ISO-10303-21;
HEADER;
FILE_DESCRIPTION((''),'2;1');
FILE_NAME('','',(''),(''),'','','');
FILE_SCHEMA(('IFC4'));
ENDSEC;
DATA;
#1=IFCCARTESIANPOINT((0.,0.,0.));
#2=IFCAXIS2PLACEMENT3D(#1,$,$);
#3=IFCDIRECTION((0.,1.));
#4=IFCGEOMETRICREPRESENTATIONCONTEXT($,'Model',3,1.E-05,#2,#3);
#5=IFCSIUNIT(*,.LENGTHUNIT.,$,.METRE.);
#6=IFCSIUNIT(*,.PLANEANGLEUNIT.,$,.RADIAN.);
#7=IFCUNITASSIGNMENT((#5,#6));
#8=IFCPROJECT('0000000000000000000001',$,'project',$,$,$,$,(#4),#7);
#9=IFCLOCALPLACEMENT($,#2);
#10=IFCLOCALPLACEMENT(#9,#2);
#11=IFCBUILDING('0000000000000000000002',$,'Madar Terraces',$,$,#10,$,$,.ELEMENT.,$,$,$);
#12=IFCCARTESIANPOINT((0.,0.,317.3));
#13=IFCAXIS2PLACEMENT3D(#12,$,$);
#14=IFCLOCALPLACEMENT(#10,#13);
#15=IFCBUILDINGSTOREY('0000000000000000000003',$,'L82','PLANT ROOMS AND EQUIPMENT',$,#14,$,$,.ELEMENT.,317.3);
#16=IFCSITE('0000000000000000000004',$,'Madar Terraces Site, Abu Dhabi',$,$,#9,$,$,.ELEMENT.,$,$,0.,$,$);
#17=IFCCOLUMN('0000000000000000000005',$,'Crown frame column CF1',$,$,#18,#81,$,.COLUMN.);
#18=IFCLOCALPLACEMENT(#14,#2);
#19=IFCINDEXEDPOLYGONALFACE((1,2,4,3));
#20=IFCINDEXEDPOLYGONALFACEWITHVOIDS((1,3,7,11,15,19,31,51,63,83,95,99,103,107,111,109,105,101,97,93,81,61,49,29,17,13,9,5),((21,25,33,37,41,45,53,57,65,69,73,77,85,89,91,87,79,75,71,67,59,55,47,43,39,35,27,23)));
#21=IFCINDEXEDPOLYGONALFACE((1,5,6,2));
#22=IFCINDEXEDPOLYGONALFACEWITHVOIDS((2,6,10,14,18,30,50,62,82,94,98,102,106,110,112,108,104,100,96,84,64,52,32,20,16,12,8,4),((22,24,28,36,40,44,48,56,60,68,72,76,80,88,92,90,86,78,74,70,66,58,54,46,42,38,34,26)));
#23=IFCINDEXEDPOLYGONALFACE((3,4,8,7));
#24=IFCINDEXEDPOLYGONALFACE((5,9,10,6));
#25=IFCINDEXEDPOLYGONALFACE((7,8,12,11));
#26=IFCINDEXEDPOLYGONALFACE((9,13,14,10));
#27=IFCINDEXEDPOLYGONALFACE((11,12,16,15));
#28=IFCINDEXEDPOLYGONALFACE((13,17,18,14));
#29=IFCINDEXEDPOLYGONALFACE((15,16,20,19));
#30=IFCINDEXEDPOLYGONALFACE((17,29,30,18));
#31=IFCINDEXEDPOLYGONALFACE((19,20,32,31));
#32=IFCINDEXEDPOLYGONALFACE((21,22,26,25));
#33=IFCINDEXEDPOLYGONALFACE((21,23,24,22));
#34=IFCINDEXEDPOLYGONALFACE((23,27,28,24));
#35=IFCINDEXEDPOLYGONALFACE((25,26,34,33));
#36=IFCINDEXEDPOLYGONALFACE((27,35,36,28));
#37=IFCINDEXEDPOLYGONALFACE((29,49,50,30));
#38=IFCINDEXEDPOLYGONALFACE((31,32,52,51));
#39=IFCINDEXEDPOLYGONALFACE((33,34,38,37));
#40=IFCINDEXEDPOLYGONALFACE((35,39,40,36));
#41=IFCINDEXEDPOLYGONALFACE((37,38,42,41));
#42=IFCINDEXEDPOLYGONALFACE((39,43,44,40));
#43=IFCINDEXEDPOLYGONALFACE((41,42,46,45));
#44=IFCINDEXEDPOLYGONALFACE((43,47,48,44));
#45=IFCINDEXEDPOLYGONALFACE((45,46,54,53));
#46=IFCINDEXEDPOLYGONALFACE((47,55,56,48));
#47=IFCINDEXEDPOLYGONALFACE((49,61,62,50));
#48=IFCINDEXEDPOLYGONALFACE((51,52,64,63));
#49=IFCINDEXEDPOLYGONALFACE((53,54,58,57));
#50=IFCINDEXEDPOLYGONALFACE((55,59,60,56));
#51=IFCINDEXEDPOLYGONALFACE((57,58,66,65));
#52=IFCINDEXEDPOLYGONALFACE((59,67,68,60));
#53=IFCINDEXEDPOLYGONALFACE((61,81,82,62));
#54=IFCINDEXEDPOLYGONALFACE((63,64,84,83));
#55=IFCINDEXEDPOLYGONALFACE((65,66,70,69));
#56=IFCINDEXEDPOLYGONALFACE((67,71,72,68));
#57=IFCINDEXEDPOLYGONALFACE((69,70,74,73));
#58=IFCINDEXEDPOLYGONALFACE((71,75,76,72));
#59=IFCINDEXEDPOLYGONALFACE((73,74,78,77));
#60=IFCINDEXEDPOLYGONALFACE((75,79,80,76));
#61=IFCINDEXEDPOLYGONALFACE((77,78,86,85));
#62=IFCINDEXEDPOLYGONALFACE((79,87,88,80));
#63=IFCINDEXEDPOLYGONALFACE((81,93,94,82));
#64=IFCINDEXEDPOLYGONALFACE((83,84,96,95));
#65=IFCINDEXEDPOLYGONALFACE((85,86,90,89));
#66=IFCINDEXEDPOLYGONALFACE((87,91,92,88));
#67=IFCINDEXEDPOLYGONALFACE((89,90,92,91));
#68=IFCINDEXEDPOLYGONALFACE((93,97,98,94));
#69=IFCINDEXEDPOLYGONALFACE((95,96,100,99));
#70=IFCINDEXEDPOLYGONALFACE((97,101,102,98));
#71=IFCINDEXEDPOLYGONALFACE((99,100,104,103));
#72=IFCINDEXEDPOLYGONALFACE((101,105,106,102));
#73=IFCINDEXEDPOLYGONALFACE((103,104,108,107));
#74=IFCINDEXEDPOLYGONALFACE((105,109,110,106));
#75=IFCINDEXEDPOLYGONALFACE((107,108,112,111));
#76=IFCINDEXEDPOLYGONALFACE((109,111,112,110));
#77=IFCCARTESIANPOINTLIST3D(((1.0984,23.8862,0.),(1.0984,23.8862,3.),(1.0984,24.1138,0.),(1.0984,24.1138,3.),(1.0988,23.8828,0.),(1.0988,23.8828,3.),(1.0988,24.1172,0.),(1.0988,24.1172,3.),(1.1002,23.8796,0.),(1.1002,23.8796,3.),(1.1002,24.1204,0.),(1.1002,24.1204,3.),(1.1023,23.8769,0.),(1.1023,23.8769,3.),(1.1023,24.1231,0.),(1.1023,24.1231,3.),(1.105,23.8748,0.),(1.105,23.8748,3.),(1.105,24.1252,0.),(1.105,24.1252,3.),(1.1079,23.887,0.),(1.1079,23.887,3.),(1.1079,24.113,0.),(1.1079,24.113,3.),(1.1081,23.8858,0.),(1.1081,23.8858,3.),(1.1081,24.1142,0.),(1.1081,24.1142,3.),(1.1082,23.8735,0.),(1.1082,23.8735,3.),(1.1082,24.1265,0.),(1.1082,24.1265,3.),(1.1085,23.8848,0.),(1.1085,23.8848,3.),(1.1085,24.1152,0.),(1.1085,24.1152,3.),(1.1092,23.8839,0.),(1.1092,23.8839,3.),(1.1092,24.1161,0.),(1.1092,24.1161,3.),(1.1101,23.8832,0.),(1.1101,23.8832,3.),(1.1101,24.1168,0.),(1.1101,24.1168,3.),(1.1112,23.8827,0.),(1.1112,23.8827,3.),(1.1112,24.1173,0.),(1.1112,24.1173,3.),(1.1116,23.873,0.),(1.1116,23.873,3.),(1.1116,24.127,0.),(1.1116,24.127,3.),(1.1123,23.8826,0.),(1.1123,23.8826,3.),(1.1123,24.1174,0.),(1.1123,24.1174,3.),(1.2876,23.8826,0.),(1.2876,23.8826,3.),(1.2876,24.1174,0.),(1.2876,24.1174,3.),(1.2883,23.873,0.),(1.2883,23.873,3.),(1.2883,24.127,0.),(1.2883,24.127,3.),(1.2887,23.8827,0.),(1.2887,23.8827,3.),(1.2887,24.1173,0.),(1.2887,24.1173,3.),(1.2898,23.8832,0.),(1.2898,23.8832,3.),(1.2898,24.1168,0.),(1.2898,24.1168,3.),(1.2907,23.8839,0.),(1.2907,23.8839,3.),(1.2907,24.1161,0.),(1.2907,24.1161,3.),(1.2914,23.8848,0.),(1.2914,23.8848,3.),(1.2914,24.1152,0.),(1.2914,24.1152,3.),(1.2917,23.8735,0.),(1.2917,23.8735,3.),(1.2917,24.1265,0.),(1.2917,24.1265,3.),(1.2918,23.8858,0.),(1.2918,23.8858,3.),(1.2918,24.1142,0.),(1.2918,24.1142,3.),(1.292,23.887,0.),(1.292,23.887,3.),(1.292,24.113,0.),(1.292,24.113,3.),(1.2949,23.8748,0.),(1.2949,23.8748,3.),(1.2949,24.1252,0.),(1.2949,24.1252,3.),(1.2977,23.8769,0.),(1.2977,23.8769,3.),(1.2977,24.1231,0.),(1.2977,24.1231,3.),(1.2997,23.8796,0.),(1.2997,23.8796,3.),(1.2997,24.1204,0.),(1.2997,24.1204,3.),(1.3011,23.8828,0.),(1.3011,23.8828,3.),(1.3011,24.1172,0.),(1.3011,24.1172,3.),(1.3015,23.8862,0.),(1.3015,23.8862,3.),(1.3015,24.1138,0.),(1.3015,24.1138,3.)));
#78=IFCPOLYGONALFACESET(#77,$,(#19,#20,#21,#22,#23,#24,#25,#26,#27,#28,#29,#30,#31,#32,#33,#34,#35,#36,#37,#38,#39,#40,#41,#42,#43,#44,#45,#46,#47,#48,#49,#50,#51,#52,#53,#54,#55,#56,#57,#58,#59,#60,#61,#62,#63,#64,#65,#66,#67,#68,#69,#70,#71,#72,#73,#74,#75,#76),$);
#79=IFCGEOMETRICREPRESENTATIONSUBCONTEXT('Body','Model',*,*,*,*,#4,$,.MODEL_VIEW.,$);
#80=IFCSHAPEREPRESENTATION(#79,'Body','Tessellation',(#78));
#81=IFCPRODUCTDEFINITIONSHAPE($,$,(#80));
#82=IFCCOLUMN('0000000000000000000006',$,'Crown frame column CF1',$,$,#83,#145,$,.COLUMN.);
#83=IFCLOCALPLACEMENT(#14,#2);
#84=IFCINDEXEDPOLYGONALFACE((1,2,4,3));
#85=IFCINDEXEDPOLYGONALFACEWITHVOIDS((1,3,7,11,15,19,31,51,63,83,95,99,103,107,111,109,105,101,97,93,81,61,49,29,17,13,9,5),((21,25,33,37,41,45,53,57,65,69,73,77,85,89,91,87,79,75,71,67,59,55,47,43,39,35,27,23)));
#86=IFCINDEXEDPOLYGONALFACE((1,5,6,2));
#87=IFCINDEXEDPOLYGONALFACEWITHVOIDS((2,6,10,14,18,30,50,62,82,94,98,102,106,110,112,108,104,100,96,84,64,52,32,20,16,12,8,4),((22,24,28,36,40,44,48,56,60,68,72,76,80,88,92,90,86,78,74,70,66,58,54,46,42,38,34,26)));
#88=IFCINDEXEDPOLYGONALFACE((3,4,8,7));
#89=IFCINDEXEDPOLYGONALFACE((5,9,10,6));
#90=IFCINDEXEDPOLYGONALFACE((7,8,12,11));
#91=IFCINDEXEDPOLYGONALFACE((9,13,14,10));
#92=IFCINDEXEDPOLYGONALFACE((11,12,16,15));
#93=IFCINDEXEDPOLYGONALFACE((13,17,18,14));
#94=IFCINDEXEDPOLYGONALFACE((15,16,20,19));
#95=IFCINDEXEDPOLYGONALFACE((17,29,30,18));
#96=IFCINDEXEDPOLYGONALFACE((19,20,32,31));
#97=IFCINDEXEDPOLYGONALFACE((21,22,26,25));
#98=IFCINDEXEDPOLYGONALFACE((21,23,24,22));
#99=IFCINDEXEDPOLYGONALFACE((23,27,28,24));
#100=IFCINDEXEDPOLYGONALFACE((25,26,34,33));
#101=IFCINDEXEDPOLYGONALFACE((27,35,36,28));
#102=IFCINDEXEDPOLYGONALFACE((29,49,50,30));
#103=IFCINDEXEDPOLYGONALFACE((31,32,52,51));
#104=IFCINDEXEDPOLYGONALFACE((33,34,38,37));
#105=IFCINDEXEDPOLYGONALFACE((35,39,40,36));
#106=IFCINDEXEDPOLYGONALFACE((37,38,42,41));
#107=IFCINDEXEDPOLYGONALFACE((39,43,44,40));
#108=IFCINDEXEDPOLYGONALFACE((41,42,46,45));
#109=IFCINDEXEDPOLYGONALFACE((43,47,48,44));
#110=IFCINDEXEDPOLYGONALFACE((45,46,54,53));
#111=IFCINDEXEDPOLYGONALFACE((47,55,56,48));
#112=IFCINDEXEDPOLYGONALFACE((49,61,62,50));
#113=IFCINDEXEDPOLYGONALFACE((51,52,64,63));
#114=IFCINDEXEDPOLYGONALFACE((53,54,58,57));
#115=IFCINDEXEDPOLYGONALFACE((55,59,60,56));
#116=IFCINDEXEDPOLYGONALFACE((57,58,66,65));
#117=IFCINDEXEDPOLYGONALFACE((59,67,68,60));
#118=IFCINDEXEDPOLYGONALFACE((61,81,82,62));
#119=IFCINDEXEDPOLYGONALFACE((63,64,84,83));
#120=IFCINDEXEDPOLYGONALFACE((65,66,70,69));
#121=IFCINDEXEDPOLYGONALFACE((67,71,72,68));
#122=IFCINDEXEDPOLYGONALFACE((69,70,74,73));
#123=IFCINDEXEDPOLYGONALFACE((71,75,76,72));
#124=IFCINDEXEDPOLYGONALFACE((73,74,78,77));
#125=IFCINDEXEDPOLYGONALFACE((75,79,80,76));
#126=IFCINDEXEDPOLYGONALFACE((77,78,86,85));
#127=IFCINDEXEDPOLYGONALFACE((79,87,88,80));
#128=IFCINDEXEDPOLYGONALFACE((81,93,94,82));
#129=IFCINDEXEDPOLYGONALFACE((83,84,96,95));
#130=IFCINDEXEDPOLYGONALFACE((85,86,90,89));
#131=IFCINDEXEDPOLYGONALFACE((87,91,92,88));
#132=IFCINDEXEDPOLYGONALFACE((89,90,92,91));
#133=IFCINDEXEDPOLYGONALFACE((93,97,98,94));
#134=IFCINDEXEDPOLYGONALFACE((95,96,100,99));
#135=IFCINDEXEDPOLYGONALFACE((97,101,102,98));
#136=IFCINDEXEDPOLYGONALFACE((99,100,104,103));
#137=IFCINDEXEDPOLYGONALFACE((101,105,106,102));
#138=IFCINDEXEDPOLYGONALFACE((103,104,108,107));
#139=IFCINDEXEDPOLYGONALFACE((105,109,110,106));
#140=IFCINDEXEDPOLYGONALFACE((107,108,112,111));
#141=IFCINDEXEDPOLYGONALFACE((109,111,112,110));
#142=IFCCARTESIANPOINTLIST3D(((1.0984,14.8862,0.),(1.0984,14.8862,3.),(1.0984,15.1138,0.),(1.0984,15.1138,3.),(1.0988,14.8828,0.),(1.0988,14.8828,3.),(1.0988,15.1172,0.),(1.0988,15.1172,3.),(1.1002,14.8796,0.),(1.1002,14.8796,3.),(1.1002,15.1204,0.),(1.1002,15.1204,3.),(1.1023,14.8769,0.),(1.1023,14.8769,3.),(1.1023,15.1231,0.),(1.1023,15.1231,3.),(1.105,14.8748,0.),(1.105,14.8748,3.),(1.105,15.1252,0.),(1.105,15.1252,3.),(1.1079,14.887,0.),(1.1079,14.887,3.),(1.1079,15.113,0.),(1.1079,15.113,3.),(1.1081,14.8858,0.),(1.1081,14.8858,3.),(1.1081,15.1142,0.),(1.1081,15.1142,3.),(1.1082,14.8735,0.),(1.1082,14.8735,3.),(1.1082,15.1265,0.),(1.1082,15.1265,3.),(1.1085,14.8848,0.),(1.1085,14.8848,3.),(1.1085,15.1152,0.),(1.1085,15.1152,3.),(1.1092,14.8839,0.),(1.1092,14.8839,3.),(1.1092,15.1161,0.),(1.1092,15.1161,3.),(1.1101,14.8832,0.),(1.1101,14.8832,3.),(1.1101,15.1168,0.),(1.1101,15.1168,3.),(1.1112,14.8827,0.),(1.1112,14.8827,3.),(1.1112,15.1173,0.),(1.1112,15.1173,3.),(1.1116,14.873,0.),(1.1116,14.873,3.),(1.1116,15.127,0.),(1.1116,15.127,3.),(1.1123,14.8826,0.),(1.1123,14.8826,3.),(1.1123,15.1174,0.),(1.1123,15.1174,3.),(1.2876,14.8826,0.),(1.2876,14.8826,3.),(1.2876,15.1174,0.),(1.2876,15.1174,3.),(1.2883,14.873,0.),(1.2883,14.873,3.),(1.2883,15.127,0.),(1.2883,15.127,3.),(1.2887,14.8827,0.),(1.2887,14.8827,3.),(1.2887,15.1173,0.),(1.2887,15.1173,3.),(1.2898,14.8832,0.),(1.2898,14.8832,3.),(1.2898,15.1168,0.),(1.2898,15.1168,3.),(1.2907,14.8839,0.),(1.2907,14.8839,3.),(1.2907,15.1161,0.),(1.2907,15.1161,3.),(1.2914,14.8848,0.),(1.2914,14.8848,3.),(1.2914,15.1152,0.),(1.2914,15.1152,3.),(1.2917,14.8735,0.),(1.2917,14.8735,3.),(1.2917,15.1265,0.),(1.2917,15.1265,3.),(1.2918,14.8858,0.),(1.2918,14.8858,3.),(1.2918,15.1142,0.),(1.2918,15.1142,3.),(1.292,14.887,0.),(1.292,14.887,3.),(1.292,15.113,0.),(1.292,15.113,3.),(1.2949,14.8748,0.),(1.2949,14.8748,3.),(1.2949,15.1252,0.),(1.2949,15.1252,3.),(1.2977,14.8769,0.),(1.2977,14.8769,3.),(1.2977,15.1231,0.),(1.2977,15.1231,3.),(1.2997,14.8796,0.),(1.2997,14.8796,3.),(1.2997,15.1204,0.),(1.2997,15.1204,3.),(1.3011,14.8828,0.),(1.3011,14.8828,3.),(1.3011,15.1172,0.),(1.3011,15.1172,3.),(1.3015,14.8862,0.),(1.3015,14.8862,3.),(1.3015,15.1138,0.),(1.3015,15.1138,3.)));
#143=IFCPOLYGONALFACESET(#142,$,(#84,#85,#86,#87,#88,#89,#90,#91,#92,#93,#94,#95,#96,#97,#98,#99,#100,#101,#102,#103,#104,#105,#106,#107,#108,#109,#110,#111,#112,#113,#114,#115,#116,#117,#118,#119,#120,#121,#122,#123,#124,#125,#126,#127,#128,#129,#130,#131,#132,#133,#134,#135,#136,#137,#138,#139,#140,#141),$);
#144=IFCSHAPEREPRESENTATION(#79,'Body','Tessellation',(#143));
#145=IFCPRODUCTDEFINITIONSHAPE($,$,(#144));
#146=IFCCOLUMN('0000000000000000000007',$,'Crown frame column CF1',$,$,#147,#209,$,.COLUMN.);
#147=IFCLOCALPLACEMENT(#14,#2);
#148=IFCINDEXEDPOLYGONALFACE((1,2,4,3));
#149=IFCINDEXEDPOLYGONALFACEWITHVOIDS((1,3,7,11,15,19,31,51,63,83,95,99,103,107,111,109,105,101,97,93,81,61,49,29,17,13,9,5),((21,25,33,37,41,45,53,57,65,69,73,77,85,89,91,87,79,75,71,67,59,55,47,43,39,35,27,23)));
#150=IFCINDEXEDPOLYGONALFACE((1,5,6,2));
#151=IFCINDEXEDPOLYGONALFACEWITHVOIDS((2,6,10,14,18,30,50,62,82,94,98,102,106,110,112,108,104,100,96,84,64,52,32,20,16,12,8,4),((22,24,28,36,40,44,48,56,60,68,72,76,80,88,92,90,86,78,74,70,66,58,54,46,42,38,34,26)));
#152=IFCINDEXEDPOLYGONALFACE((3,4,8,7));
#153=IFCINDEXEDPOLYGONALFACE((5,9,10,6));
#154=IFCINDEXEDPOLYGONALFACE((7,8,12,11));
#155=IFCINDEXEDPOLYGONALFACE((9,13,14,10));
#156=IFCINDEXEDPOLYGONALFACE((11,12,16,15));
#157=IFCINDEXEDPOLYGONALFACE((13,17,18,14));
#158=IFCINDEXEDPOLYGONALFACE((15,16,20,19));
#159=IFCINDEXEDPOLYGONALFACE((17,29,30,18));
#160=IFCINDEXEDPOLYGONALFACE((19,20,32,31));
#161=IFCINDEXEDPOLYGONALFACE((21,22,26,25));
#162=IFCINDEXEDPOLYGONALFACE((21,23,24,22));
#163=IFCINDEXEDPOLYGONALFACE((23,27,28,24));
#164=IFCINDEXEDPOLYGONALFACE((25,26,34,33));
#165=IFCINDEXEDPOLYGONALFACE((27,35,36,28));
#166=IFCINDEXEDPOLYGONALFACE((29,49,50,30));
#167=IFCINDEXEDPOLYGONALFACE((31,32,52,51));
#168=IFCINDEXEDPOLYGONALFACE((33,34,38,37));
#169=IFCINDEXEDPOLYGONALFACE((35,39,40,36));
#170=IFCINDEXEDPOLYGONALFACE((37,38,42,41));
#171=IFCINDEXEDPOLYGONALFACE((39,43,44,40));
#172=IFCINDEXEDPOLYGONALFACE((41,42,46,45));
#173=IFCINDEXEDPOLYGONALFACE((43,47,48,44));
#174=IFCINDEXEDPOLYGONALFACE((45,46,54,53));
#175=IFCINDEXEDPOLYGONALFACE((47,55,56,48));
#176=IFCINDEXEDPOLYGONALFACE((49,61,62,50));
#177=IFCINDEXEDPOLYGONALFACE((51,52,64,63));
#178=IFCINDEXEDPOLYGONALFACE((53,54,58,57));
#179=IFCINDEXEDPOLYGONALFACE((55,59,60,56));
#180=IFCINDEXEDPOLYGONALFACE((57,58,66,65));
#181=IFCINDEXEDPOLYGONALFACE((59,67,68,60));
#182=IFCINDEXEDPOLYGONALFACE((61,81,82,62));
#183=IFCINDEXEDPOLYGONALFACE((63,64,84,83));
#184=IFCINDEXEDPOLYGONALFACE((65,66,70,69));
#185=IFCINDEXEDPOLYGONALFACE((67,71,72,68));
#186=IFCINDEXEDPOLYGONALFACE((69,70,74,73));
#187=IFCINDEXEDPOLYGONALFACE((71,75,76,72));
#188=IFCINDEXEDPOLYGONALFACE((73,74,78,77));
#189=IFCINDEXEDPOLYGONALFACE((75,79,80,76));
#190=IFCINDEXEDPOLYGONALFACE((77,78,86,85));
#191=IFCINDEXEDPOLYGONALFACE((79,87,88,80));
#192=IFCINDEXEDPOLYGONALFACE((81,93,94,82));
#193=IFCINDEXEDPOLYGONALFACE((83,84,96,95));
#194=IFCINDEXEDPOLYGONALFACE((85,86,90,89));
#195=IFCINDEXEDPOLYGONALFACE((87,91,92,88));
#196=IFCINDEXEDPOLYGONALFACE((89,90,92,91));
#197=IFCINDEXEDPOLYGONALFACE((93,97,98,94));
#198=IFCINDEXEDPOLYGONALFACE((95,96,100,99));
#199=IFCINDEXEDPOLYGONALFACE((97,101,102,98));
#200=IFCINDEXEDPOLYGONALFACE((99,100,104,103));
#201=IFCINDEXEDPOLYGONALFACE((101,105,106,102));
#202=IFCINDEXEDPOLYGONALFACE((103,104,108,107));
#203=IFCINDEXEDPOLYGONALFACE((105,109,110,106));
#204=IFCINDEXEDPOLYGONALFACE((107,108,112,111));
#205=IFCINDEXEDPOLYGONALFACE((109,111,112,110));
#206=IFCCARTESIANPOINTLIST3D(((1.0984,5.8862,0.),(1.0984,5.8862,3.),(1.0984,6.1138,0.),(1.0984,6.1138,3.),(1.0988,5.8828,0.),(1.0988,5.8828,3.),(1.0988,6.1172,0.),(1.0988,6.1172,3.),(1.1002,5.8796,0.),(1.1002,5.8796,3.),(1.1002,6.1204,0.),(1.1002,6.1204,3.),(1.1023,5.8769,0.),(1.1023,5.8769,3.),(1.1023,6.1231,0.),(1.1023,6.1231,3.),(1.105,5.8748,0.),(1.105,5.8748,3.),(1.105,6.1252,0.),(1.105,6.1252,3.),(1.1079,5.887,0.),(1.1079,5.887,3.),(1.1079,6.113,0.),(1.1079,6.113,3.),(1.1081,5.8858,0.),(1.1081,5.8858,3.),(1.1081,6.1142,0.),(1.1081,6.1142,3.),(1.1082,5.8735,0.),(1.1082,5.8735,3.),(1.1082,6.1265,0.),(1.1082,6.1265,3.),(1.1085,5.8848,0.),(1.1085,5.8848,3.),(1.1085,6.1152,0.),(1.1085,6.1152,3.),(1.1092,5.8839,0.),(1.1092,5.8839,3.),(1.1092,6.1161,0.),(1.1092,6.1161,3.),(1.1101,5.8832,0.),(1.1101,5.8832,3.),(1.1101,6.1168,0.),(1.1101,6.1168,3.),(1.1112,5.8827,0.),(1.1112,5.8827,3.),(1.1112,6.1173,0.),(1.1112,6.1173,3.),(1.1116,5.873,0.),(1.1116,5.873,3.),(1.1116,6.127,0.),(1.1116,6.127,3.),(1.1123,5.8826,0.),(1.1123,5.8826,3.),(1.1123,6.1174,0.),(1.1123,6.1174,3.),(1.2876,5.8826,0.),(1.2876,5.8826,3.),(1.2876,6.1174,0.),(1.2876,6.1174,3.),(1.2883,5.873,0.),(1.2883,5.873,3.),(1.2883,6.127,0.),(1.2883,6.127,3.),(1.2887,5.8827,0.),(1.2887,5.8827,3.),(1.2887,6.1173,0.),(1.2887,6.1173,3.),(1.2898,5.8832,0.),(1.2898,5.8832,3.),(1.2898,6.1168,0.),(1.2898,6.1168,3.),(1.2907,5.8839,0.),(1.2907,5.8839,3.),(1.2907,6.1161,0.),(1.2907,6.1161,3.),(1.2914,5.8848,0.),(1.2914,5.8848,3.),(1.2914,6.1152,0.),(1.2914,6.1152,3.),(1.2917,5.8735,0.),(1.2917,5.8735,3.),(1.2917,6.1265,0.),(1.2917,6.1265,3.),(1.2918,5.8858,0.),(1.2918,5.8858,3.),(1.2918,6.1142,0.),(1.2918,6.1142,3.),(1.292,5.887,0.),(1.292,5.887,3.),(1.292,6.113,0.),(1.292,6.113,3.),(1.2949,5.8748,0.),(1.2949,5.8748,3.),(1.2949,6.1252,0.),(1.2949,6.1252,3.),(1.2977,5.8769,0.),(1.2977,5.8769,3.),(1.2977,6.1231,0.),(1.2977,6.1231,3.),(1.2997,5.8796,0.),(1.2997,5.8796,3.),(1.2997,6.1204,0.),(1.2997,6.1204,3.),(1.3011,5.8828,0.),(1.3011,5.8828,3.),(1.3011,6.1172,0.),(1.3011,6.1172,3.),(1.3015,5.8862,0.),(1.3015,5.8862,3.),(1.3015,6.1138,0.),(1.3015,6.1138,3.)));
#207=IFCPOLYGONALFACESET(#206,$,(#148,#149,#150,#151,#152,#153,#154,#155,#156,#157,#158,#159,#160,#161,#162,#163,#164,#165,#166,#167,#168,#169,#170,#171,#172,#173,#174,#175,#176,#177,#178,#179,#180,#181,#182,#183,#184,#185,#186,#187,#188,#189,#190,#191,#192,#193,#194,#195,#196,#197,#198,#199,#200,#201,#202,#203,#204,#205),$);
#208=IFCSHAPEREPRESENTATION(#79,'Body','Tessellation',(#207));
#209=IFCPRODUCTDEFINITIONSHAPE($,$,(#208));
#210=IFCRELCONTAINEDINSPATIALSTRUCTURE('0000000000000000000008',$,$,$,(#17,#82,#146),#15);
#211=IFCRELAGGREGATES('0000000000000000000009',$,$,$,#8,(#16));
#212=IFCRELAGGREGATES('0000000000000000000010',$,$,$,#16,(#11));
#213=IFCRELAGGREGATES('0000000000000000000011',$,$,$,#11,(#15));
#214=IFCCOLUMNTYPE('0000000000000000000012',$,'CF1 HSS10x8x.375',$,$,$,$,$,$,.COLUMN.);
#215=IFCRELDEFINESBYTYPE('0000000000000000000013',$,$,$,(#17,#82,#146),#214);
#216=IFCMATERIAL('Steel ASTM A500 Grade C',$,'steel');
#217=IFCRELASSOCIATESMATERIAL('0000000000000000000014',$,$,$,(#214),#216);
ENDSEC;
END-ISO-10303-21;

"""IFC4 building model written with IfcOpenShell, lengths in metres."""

from ifc_helpers import new_model, si_unit, direction, frame, origin, origin_2d, place, context, subcontext, project, spatial, hollow_rectangle, extrude, material, material_profile, profile_set, type_object, element, save


model = new_model("IFC4")

# Units and contexts
model_context = context("Model", 3, precision=1e-05, world=origin(), true_north=direction((0.0, 1.0)))
body_context = subcontext(model_context, "Body", "Model", "MODEL_VIEW")
ifc_project = project(units=[si_unit("LENGTHUNIT", "METRE"), si_unit("PLANEANGLEUNIT", "RADIAN")], contexts=[model_context])

# Site, building, storey
site_placement = place(None, origin())
site = spatial("IfcSite", under=ifc_project, at=site_placement, Name="Madar Terraces Site, Abu Dhabi", CompositionType="ELEMENT", RefElevation=0.0)
building_placement = place(site_placement, origin())
building = spatial("IfcBuilding", under=site, at=building_placement, Name="Madar Terraces", CompositionType="ELEMENT")
storey_placement = place(building_placement, frame((0.0, 0.0, 317.3)))
storey = spatial("IfcBuildingStorey", under=building, at=storey_placement, Name="L82", Description="PLANT ROOMS AND EQUIPMENT", CompositionType="ELEMENT", Elevation=317.3)

# Columns
ifc_material_1 = material(Name="Steel ASTM A500 Grade C", Category="steel")
ifc_material_profile_1 = material_profile(ifc_material_1, hollow_rectangle(XDim=0.2031, YDim=0.2539, WallThickness=0.0095, InnerFilletRadius=0.0044, OuterFilletRadius=0.0132, at=origin_2d()), Name="HSS10x8x.375")
ifc_profile_set_1 = profile_set([ifc_material_profile_1], Name="Steel ASTM A500 Grade C")
column_type = type_object("IfcColumnType", Name="CF1 HSS10x8x.375", PredefinedType="COLUMN", material=ifc_profile_set_1)
for number, where, z_axis, x_axis, name in (
    (1, (1.2, 24.0, 0.0), (0.0, 0.0, 1.0), (1.0, 0.0, 0.0), "Crown frame column CF1"),
    (2, (1.2, 15.0, 0.0), (0.0, 0.0, 1.0), (1.0, 0.0, 0.0), "Crown frame column CF1"),
    (3, (1.2, 6.0, 0.0), (0.0, 0.0, 1.0), (1.0, 0.0, 0.0), "Crown frame column CF1"),
):
    element("IfcColumn", number, at=place(storey_placement, frame(where, z_axis=z_axis, x_axis=x_axis)), inside=storey, type_object=column_type, Name=name, PredefinedType="COLUMN", context=body_context, shape_type="SweptSolid", body=[
        extrude(hollow_rectangle(XDim=0.2031, YDim=0.2539, WallThickness=0.0095, InnerFilletRadius=0.0044, OuterFilletRadius=0.0132, at=origin_2d()), origin(), (0.0, 0.0, 1.0), 3.0),
    ])

save(model, "model.ifc")
